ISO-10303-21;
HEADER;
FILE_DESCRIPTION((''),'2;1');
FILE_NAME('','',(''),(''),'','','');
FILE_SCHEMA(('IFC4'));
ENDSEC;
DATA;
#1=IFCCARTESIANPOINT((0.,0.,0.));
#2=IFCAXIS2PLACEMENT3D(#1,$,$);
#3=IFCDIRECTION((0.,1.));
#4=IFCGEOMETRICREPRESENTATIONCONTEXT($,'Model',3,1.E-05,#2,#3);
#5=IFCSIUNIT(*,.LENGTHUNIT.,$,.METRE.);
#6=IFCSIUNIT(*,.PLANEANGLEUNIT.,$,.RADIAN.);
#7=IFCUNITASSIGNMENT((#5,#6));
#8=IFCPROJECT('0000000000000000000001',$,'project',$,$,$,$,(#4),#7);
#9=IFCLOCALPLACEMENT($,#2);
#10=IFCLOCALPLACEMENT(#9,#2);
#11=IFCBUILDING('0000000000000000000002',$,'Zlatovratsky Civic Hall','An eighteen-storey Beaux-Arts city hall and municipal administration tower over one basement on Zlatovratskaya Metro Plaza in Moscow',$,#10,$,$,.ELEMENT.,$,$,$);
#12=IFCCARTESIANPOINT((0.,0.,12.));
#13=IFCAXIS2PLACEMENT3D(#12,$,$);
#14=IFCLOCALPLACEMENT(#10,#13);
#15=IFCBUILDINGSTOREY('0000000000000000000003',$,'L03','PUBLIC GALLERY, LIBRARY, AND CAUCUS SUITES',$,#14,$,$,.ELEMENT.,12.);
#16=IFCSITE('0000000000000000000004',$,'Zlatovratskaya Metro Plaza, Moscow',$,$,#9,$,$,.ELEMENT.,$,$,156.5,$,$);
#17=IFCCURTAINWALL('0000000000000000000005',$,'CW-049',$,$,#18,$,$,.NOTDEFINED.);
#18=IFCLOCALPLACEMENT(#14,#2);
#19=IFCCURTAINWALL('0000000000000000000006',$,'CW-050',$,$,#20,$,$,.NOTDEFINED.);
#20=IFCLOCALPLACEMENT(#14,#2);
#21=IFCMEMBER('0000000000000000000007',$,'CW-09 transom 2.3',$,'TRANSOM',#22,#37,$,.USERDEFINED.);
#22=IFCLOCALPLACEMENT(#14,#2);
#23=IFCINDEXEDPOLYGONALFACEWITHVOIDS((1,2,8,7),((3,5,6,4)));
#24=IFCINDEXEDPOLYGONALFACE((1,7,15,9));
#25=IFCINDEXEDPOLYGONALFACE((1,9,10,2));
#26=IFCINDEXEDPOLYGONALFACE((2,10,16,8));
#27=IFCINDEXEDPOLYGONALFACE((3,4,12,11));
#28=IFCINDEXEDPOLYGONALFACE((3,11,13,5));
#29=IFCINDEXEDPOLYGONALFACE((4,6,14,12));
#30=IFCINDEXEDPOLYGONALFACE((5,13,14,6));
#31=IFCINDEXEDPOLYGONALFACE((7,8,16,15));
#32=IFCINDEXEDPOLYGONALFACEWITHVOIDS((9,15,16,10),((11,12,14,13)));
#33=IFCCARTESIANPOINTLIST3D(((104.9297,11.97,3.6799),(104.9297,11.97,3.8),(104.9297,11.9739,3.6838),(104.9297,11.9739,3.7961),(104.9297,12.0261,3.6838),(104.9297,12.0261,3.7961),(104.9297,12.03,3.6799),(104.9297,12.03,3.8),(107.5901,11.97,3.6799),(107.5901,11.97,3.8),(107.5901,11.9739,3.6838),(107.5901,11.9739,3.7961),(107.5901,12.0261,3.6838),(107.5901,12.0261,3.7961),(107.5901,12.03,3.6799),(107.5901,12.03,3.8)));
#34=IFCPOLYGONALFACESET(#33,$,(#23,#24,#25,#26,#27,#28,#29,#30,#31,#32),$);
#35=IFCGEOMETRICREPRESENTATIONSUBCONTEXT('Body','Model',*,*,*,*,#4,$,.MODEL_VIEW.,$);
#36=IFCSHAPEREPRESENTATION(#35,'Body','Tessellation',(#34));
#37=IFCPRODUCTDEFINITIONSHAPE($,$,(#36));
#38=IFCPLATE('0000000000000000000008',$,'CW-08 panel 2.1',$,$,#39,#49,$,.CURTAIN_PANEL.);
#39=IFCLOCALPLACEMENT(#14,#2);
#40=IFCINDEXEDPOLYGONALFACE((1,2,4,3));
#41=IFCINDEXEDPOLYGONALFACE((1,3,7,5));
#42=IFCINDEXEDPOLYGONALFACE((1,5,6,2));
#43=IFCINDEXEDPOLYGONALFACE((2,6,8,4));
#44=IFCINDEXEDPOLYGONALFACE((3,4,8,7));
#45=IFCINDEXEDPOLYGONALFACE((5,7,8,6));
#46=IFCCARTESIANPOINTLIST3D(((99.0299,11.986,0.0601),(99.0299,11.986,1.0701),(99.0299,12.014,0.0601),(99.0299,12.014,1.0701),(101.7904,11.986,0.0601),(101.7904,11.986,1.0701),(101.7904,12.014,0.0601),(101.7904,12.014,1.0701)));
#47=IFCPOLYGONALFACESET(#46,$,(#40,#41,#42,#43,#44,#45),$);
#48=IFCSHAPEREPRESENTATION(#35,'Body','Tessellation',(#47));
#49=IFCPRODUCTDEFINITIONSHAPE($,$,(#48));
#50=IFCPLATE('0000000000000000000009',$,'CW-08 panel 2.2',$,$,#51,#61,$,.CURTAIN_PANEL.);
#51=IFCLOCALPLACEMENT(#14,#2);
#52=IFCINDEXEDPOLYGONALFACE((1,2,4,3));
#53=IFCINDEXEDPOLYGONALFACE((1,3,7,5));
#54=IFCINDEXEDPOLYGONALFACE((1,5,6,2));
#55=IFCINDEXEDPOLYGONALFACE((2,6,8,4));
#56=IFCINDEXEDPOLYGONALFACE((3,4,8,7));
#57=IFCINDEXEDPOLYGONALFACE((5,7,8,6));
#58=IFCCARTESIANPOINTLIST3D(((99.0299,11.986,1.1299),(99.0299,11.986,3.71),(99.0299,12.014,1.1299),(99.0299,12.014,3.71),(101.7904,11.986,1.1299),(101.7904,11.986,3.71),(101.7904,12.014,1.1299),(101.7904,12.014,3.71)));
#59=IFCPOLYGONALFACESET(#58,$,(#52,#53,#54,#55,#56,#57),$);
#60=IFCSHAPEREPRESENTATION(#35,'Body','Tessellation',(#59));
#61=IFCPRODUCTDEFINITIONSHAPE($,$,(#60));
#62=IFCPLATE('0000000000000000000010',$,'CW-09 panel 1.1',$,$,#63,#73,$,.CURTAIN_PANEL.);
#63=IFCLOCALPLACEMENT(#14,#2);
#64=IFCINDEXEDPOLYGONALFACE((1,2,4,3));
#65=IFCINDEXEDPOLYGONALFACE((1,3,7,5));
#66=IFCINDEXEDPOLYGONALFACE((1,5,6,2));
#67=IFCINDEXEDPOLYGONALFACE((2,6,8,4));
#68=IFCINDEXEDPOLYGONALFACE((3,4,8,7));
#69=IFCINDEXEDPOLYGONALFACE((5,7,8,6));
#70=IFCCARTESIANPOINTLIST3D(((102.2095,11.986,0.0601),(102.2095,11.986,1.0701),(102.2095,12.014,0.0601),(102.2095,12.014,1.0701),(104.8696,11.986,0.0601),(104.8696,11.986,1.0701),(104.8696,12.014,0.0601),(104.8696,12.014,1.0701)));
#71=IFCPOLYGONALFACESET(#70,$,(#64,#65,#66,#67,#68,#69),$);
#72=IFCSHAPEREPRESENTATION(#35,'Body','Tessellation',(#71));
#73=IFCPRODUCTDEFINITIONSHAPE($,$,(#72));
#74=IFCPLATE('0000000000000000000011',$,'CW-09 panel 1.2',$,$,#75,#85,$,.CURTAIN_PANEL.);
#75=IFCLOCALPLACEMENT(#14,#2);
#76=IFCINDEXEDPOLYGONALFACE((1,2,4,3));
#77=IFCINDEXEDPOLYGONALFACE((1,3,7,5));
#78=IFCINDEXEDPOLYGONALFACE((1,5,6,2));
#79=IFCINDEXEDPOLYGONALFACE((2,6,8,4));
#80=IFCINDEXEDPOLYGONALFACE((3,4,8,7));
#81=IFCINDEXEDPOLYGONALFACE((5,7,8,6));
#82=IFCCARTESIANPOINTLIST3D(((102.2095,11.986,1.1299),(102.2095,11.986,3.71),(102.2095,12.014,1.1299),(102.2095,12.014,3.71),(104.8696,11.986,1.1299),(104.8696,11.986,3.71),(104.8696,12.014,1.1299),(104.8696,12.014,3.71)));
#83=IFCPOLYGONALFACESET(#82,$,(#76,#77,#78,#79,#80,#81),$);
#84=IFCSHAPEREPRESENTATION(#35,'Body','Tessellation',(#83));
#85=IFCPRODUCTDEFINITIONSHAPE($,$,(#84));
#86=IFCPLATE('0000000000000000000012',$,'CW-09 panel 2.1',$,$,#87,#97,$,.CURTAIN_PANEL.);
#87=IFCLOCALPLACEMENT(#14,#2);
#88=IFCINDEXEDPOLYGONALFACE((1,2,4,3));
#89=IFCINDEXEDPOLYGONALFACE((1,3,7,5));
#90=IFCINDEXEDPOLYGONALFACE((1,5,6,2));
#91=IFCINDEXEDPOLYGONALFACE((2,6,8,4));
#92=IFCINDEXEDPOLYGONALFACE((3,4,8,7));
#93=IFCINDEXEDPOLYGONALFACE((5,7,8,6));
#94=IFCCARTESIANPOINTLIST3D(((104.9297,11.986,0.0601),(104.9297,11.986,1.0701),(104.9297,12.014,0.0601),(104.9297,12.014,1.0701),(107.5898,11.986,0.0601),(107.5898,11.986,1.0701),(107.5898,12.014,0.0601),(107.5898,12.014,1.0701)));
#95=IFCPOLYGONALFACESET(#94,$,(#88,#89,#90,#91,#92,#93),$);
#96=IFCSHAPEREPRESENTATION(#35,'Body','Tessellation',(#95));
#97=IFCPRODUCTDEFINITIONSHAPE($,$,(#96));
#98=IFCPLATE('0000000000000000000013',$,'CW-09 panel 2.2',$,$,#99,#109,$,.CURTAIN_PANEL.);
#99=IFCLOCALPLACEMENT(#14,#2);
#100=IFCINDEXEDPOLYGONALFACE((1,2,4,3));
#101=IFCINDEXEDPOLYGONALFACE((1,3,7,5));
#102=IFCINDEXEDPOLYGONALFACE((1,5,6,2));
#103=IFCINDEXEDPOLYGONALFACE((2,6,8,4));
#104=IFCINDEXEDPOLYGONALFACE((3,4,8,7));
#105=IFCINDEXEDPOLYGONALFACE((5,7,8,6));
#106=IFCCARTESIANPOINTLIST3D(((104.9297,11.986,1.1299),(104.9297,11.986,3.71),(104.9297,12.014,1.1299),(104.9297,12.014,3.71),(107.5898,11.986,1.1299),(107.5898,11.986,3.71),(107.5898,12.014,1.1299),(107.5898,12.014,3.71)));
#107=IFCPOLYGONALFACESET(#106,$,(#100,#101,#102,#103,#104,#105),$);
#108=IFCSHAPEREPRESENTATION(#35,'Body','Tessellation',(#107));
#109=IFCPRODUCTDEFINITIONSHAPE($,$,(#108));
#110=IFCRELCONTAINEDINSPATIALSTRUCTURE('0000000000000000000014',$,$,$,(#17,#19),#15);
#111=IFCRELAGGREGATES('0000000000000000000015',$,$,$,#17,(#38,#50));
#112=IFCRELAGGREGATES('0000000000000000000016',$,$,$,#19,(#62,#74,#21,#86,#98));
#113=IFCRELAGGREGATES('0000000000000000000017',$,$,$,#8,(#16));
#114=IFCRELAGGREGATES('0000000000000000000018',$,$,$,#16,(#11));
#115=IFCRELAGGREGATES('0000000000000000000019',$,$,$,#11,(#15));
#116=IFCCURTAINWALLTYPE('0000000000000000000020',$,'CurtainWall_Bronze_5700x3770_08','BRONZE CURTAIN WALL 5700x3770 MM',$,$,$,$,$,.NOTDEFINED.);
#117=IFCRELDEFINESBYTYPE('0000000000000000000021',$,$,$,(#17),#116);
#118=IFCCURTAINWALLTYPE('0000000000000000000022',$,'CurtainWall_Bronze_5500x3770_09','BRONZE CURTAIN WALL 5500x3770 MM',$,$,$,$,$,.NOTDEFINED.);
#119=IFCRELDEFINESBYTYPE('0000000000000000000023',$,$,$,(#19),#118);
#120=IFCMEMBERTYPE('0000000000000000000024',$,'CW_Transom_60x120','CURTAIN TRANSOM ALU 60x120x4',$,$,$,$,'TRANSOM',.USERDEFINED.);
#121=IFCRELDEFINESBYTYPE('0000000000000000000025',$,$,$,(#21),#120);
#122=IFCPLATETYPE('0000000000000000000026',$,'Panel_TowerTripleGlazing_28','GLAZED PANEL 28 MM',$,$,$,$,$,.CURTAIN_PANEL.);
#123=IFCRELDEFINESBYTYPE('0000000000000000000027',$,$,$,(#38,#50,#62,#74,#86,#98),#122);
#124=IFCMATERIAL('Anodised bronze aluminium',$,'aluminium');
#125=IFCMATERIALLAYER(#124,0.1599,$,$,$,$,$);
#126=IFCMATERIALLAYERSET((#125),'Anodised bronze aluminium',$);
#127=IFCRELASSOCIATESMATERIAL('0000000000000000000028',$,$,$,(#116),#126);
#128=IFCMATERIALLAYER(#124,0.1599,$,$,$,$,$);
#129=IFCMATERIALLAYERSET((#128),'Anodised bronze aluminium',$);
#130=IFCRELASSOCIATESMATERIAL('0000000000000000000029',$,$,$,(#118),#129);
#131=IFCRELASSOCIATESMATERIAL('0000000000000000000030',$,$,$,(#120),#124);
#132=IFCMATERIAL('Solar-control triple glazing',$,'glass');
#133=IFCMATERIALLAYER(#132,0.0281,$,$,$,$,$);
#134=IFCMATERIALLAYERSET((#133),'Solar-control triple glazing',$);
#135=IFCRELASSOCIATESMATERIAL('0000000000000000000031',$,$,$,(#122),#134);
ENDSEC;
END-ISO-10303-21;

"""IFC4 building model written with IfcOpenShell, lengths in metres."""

from ifc_helpers import new_model, si_unit, direction, frame, origin, origin_2d, place, context, subcontext, project, spatial, rectangle, hollow_rectangle, extrude, material, layer, layer_set, material_profile, profile_set, type_object, element, aggregate, save


model = new_model("IFC4")

# Units and contexts
model_context = context("Model", 3, precision=1e-05, world=origin(), true_north=direction((0.0, 1.0)))
body_context = subcontext(model_context, "Body", "Model", "MODEL_VIEW")
ifc_project = project(units=[si_unit("LENGTHUNIT", "METRE"), si_unit("PLANEANGLEUNIT", "RADIAN")], contexts=[model_context])

# Site, building, storey
site_placement = place(None, origin())
site = spatial("IfcSite", under=ifc_project, at=site_placement, Name="Zlatovratskaya Metro Plaza, Moscow", CompositionType="ELEMENT", RefElevation=156.5)
building_placement = place(site_placement, origin())
building = spatial("IfcBuilding", under=site, at=building_placement, Name="Zlatovratsky Civic Hall", Description="An eighteen-storey Beaux-Arts city hall and municipal administration tower over one basement on Zlatovratskaya Metro Plaza in Moscow", CompositionType="ELEMENT")
storey_placement = place(building_placement, frame((0.0, 0.0, 12.0)))
storey = spatial("IfcBuildingStorey", under=building, at=storey_placement, Name="L03", Description="PUBLIC GALLERY, LIBRARY, AND CAUCUS SUITES", CompositionType="ELEMENT", Elevation=12.0)

# Curtain wall
ifc_material_1 = material(Name="Anodised bronze aluminium", Category="aluminium")
ifc_layer_1 = layer(ifc_material_1, 0.1599)
ifc_layer_set_1 = layer_set([ifc_layer_1], Name="Anodised bronze aluminium")
curtain_wall_type_1 = type_object("IfcCurtainWallType", Name="CurtainWall_Bronze_5700x3770_08", Description="BRONZE CURTAIN WALL 5700x3770 MM", PredefinedType="NOTDEFINED", material=ifc_layer_set_1)
curtain_wall_1_placement = place(storey_placement, origin())
curtain_wall_1 = element("IfcCurtainWall", 1, at=curtain_wall_1_placement, inside=storey, type_object=curtain_wall_type_1, Name="CW-049", PredefinedType="NOTDEFINED")

# Curtain wall
ifc_layer_2 = layer(ifc_material_1, 0.1599)
ifc_layer_set_2 = layer_set([ifc_layer_2], Name="Anodised bronze aluminium")
curtain_wall_type_2 = type_object("IfcCurtainWallType", Name="CurtainWall_Bronze_5500x3770_09", Description="BRONZE CURTAIN WALL 5500x3770 MM", PredefinedType="NOTDEFINED", material=ifc_layer_set_2)
curtain_wall_2_placement = place(storey_placement, origin())
curtain_wall_2 = element("IfcCurtainWall", 2, at=curtain_wall_2_placement, inside=storey, type_object=curtain_wall_type_2, Name="CW-050", PredefinedType="NOTDEFINED")

# Member
ifc_material_profile_1 = material_profile(ifc_material_1, hollow_rectangle(XDim=0.0601, YDim=0.1201, WallThickness=0.0039, at=origin_2d()), Name="ALU 60x120x4")
ifc_profile_set_1 = profile_set([ifc_material_profile_1], Name="Anodised bronze aluminium")
member_type_1 = type_object("IfcMemberType", Name="CW_Transom_60x120", Description="CURTAIN TRANSOM ALU 60x120x4", ElementType="TRANSOM", PredefinedType="USERDEFINED", material=ifc_profile_set_1)
member_1_placement = place(storey_placement, frame((104.9297, 12.0, 3.74), z_axis=(1.0, 0.0, 0.0), x_axis=(0.0, 1.0, 0.0)))
member_1 = element("IfcMember", 3, at=member_1_placement, type_object=member_type_1, Name="CW-09 transom 2.3", ObjectType="TRANSOM", PredefinedType="USERDEFINED", context=body_context, shape_type="SweptSolid", body=[
    extrude(hollow_rectangle(XDim=0.0601, YDim=0.1201, WallThickness=0.0039, at=origin_2d()), origin(), (0.0, 0.0, 1.0), 2.6604),
])

# Plates
ifc_material_2 = material(Name="Solar-control triple glazing", Category="glass")
ifc_layer_3 = layer(ifc_material_2, 0.0281)
ifc_layer_set_3 = layer_set([ifc_layer_3], Name="Solar-control triple glazing")
plate_type = type_object("IfcPlateType", Name="Panel_TowerTripleGlazing_28", Description="GLAZED PANEL 28 MM", PredefinedType="CURTAIN_PANEL", material=ifc_layer_set_3)
plate_1_placement = place(storey_placement, frame((100.4102, 12.0, 0.0601), z_axis=(0.0, 0.0, 1.0), x_axis=(1.0, 0.0, 0.0)))
plate_1 = element("IfcPlate", 4, at=plate_1_placement, type_object=plate_type, Name="CW-08 panel 2.1", PredefinedType="CURTAIN_PANEL", context=body_context, shape_type="SweptSolid", body=[
    extrude(rectangle(XDim=2.7605, YDim=0.0281, at=origin_2d()), origin(), (0.0, 0.0, 1.0), 1.01),
])
plate_2_placement = place(storey_placement, frame((100.4102, 12.0, 1.1299), z_axis=(0.0, 0.0, 1.0), x_axis=(1.0, 0.0, 0.0)))
plate_2 = element("IfcPlate", 5, at=plate_2_placement, type_object=plate_type, Name="CW-08 panel 2.2", PredefinedType="CURTAIN_PANEL", context=body_context, shape_type="SweptSolid", body=[
    extrude(rectangle(XDim=2.7605, YDim=0.0281, at=origin_2d()), origin(), (0.0, 0.0, 1.0), 2.5801),
])
aggregate(curtain_wall_1, [plate_1, plate_2])
plate_3_placement = place(storey_placement, frame((103.5396, 12.0, 0.0601), z_axis=(0.0, 0.0, 1.0), x_axis=(1.0, 0.0, 0.0)))
plate_3 = element("IfcPlate", 6, at=plate_3_placement, type_object=plate_type, Name="CW-09 panel 1.1", PredefinedType="CURTAIN_PANEL", context=body_context, shape_type="SweptSolid", body=[
    extrude(rectangle(XDim=2.6602, YDim=0.0281, at=origin_2d()), origin(), (0.0, 0.0, 1.0), 1.01),
])
plate_4_placement = place(storey_placement, frame((103.5396, 12.0, 1.1299), z_axis=(0.0, 0.0, 1.0), x_axis=(1.0, 0.0, 0.0)))
plate_4 = element("IfcPlate", 7, at=plate_4_placement, type_object=plate_type, Name="CW-09 panel 1.2", PredefinedType="CURTAIN_PANEL", context=body_context, shape_type="SweptSolid", body=[
    extrude(rectangle(XDim=2.6602, YDim=0.0281, at=origin_2d()), origin(), (0.0, 0.0, 1.0), 2.5801),
])
plate_5_placement = place(storey_placement, frame((106.2598, 12.0, 0.0601), z_axis=(0.0, 0.0, 1.0), x_axis=(1.0, 0.0, 0.0)))
plate_5 = element("IfcPlate", 8, at=plate_5_placement, type_object=plate_type, Name="CW-09 panel 2.1", PredefinedType="CURTAIN_PANEL", context=body_context, shape_type="SweptSolid", body=[
    extrude(rectangle(XDim=2.6602, YDim=0.0281, at=origin_2d()), origin(), (0.0, 0.0, 1.0), 1.01),
])
plate_6_placement = place(storey_placement, frame((106.2598, 12.0, 1.1299), z_axis=(0.0, 0.0, 1.0), x_axis=(1.0, 0.0, 0.0)))
plate_6 = element("IfcPlate", 9, at=plate_6_placement, type_object=plate_type, Name="CW-09 panel 2.2", PredefinedType="CURTAIN_PANEL", context=body_context, shape_type="SweptSolid", body=[
    extrude(rectangle(XDim=2.6602, YDim=0.0281, at=origin_2d()), origin(), (0.0, 0.0, 1.0), 2.5801),
])
aggregate(curtain_wall_2, [plate_3, plate_4, member_1, plate_5, plate_6])

save(model, "model.ifc")
